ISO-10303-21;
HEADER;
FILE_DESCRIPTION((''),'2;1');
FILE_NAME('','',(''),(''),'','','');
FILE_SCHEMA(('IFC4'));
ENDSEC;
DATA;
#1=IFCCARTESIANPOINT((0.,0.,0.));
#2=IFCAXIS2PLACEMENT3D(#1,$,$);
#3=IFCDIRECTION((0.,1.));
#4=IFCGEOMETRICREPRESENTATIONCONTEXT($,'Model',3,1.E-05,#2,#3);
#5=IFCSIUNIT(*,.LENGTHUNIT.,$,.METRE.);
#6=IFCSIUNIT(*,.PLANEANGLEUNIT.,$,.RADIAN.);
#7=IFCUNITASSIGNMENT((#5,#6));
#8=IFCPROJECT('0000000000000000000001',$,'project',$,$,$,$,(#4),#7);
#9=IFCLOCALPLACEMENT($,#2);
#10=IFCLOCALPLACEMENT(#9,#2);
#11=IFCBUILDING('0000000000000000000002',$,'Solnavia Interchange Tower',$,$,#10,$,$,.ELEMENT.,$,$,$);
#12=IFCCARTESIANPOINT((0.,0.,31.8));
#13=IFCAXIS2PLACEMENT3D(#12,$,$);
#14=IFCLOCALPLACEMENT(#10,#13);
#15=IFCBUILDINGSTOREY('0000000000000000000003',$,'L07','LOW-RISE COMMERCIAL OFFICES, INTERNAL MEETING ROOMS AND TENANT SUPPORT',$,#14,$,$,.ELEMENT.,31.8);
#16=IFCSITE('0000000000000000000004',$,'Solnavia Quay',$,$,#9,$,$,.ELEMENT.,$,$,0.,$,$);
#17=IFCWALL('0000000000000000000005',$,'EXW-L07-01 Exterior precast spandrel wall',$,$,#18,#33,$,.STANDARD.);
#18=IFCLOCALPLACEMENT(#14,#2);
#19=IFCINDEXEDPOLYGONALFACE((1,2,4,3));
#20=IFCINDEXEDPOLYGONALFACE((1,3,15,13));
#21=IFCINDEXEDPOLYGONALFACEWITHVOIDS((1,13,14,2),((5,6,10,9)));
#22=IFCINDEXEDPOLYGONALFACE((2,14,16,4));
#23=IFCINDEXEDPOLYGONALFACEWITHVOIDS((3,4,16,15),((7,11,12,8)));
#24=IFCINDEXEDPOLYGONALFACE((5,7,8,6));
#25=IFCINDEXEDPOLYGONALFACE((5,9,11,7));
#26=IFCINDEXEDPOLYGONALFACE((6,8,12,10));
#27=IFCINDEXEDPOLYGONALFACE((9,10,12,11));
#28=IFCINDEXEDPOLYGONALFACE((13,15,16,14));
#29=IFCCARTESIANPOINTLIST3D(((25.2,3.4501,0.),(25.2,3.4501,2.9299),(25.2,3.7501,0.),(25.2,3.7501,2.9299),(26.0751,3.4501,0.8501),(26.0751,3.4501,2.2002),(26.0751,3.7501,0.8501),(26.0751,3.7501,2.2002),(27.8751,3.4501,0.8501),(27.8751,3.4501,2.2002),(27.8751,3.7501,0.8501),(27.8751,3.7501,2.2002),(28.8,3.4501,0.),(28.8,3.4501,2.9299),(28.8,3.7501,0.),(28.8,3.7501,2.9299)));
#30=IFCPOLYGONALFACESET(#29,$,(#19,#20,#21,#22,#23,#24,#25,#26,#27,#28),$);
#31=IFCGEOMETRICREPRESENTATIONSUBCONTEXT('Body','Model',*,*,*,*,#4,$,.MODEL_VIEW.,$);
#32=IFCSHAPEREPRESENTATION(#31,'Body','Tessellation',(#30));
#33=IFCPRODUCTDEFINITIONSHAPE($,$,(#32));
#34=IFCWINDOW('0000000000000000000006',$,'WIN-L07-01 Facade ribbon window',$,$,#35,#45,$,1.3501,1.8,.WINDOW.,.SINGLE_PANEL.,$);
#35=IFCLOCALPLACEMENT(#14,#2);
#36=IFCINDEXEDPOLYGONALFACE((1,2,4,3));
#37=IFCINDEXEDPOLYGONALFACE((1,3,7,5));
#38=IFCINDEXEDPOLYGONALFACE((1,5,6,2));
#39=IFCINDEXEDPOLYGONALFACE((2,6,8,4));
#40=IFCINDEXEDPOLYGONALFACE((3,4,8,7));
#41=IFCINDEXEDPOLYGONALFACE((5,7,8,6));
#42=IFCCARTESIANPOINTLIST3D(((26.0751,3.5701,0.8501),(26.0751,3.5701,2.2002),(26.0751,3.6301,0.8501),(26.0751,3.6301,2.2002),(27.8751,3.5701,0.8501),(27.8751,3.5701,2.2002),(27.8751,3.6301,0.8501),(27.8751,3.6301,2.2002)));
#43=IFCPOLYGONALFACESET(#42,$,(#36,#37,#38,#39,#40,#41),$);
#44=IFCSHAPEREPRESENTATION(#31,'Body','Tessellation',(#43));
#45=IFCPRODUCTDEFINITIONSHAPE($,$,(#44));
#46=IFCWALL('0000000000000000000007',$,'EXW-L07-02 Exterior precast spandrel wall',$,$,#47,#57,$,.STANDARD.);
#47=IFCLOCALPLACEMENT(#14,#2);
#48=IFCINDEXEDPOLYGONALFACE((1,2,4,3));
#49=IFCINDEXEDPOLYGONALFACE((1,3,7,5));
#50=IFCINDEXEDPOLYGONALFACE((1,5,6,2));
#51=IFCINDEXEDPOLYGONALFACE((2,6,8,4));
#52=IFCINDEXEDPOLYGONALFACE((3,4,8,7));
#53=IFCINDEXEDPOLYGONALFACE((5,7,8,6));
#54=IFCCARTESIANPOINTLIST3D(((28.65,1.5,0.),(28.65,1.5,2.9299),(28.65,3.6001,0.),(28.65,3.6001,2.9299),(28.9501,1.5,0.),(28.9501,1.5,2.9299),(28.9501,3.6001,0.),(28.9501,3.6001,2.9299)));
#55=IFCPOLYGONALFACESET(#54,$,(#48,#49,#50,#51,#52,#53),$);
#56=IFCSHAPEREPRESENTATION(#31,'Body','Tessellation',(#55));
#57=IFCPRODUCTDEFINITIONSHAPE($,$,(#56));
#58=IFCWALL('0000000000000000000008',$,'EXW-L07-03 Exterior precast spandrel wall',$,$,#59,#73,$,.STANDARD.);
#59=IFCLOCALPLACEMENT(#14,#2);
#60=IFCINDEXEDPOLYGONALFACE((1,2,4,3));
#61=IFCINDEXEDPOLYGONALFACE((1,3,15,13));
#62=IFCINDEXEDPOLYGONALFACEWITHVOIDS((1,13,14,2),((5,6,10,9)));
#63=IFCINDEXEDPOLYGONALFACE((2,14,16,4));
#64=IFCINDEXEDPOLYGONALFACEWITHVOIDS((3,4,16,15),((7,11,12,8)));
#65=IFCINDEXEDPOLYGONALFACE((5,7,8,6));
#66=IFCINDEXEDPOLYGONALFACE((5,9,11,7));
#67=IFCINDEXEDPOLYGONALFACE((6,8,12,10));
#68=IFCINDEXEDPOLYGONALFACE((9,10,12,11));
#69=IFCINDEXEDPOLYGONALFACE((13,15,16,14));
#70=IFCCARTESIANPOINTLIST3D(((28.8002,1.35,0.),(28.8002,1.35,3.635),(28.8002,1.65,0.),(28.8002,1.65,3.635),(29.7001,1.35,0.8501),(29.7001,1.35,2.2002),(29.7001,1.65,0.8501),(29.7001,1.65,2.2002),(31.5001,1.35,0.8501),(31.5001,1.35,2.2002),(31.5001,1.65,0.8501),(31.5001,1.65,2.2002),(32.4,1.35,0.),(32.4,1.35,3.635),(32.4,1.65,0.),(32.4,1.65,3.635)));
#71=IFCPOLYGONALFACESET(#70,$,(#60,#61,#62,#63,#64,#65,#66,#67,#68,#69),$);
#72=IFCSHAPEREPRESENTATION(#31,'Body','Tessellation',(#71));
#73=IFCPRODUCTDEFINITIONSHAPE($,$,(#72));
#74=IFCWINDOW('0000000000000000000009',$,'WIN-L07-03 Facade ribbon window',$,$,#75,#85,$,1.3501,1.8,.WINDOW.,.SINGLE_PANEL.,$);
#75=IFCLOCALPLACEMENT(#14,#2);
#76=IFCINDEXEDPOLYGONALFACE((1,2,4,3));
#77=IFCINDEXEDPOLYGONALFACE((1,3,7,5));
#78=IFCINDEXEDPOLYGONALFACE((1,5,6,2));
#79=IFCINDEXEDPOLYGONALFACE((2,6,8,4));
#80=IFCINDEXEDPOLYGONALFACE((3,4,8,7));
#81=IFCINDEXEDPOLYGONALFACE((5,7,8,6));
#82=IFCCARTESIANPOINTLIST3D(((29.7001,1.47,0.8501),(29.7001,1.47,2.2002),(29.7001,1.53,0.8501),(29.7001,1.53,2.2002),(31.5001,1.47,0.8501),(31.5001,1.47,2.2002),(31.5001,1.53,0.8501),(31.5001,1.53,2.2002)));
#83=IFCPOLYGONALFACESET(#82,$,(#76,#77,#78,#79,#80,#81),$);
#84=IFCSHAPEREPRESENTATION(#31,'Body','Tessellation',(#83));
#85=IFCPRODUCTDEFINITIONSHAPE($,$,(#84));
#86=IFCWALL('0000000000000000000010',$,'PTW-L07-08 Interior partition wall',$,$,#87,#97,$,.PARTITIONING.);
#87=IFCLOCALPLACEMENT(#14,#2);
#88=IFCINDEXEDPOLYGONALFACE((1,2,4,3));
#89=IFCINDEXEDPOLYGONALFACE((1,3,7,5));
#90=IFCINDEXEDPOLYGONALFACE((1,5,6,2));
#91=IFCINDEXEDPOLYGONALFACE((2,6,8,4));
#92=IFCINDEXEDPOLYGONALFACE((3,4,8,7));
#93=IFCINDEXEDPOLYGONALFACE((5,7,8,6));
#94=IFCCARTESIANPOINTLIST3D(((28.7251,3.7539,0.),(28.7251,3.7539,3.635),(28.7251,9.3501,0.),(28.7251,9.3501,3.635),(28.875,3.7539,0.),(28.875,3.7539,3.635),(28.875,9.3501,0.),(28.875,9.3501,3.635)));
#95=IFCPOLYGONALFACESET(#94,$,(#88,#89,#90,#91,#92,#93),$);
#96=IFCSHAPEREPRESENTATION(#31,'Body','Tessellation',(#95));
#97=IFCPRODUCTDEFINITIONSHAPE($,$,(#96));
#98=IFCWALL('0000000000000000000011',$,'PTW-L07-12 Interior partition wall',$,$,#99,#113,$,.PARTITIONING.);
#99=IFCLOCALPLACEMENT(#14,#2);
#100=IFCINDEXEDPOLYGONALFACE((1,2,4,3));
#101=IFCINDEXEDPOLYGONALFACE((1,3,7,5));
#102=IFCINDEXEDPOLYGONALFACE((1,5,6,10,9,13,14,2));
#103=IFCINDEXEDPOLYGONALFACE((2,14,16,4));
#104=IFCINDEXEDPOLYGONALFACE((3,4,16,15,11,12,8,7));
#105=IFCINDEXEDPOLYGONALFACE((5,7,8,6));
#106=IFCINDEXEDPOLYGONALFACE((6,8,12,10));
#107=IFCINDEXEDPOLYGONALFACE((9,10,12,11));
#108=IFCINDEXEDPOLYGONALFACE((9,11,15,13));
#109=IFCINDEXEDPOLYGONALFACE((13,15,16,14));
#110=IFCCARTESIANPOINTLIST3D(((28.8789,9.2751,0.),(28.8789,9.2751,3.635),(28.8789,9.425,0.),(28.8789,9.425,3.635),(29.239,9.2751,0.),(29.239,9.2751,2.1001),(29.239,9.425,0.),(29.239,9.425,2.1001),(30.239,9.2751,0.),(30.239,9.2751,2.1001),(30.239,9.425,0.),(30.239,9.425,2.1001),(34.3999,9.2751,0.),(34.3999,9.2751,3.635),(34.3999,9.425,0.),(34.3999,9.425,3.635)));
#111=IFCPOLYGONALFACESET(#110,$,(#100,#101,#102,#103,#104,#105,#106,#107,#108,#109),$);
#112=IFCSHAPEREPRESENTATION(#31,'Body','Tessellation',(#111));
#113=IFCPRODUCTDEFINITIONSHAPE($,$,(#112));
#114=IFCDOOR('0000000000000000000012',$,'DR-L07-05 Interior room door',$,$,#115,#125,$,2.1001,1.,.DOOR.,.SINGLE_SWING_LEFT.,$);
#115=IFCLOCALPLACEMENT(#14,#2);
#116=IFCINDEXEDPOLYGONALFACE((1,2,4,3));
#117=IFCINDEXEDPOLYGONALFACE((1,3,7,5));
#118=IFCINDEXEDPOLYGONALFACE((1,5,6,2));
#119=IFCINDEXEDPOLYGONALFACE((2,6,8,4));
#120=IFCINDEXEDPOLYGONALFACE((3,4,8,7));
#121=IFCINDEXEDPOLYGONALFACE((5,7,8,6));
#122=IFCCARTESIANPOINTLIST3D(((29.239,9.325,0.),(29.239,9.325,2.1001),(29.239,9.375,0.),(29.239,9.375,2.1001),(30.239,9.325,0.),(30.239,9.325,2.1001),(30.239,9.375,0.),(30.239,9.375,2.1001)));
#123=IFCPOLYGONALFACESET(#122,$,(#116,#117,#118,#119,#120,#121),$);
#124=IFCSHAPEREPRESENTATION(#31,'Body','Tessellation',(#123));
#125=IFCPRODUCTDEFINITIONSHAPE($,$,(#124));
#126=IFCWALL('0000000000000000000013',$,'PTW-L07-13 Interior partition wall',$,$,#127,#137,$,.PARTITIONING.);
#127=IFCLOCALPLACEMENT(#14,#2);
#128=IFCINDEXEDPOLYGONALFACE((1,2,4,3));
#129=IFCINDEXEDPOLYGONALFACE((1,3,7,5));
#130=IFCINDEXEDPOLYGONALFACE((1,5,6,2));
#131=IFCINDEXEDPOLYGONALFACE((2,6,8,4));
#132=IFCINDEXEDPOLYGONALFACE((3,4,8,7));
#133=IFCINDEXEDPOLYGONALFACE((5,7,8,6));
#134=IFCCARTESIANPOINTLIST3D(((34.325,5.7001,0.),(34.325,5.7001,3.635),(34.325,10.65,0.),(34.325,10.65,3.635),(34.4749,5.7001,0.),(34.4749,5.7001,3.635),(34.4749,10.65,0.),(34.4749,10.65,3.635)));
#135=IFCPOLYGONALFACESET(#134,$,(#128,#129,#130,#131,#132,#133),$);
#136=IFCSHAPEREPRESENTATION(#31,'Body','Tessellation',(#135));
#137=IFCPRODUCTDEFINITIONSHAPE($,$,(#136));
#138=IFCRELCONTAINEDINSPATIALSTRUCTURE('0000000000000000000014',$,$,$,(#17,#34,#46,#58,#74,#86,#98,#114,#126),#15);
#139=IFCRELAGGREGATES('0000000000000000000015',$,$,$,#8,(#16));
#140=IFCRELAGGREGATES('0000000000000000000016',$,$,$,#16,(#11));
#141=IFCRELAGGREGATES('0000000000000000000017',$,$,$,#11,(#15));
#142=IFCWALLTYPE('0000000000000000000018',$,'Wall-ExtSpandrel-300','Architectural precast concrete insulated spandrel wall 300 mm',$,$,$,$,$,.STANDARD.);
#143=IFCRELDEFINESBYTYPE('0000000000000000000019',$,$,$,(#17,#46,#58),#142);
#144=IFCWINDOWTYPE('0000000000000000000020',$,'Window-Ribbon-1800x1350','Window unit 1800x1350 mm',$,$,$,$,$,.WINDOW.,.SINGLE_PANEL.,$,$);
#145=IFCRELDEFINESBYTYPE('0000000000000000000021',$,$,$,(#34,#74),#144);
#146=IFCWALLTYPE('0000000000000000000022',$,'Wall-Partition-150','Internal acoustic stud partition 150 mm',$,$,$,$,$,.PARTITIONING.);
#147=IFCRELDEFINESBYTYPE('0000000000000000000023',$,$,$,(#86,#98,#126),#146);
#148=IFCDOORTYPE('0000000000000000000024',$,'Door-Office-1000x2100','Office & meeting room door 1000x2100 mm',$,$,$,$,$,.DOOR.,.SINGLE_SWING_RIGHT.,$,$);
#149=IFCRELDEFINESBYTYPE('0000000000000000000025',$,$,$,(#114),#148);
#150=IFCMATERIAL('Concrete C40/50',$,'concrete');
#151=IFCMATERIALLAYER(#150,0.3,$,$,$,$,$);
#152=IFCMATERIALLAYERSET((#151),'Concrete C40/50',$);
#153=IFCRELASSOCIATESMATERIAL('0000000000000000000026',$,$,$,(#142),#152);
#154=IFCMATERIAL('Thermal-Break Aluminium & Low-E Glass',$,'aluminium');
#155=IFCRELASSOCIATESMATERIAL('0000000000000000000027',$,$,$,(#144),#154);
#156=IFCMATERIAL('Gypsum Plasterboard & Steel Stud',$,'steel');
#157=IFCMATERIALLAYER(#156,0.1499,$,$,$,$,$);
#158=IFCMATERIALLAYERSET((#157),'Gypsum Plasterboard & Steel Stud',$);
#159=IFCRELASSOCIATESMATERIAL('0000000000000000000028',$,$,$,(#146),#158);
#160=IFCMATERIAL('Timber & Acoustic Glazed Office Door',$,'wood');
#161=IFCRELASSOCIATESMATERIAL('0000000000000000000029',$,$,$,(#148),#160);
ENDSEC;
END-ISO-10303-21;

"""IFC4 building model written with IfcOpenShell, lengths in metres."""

from ifc_helpers import new_model, si_unit, direction, frame, frame_2d, origin, place, context, subcontext, project, spatial, rectangle, extrude, material, layer, layer_set, type_object, element, fill, save


model = new_model("IFC4")

# Units and contexts
model_context = context("Model", 3, precision=1e-05, world=origin(), true_north=direction((0.0, 1.0)))
body_context = subcontext(model_context, "Body", "Model", "MODEL_VIEW")
ifc_project = project(units=[si_unit("LENGTHUNIT", "METRE"), si_unit("PLANEANGLEUNIT", "RADIAN")], contexts=[model_context])

# Site, building, storey
site_placement = place(None, origin())
site = spatial("IfcSite", under=ifc_project, at=site_placement, Name="Solnavia Quay", CompositionType="ELEMENT", RefElevation=0.0)
building_placement = place(site_placement, origin())
building = spatial("IfcBuilding", under=site, at=building_placement, Name="Solnavia Interchange Tower", CompositionType="ELEMENT")
storey_placement = place(building_placement, frame((0.0, 0.0, 31.8)))
storey = spatial("IfcBuildingStorey", under=building, at=storey_placement, Name="L07", Description="LOW-RISE COMMERCIAL OFFICES, INTERNAL MEETING ROOMS AND TENANT SUPPORT", CompositionType="ELEMENT", Elevation=31.8)

# Wall, opening, window
ifc_material_1 = material(Name="Concrete C40/50", Category="concrete")
ifc_layer_1 = layer(ifc_material_1, 0.3)
ifc_layer_set_1 = layer_set([ifc_layer_1], Name="Concrete C40/50")
wall_type_1 = type_object("IfcWallType", Name="Wall-ExtSpandrel-300", Description="Architectural precast concrete insulated spandrel wall 300 mm", PredefinedType="STANDARD", material=ifc_layer_set_1)
wall_1_placement = place(storey_placement, frame((28.8, 3.6001, 0.0), z_axis=(0.0, 0.0, 1.0), x_axis=(-1.0, 0.0, 0.0)))
wall_1 = element("IfcWall", 1, at=wall_1_placement, inside=storey, type_object=wall_type_1, Name="EXW-L07-01 Exterior precast spandrel wall", PredefinedType="STANDARD", context=body_context, shape_type="SweptSolid", body=[
    extrude(rectangle(XDim=3.6001, YDim=0.3, at=frame_2d((1.8, 0.0))), origin(), (0.0, 0.0, 1.0), 2.9299),
])
opening_1_placement = place(wall_1_placement, frame((0.925, 0.0, 0.8501)))
opening_1 = element("IfcOpeningElement", 2, at=opening_1_placement, cuts=wall_1, PredefinedType="OPENING", context=body_context, shape_type="SweptSolid", body=[
    extrude(rectangle(XDim=1.8, YDim=1.3501, at=frame_2d((0.8999, 0.675))), frame((0.0, 0.1602, 0.0), z_axis=(0.0, -1.0, 0.0), x_axis=(1.0, 0.0, 0.0)), (0.0, 0.0, 1.0), 0.3201),
])
ifc_material_2 = material(Name="Thermal-Break Aluminium & Low-E Glass", Category="aluminium")
window_type = type_object("IfcWindowType", Name="Window-Ribbon-1800x1350", Description="Window unit 1800x1350 mm", PartitioningType="SINGLE_PANEL", PredefinedType="WINDOW", material=ifc_material_2)
window_1_placement = place(opening_1_placement, origin())
window_1 = element("IfcWindow", 3, at=window_1_placement, inside=storey, type_object=window_type, Name="WIN-L07-01 Facade ribbon window", OverallHeight=1.3501, OverallWidth=1.8, PartitioningType="SINGLE_PANEL", PredefinedType="WINDOW", context=body_context, shape_type="SweptSolid", body=[
    extrude(rectangle(XDim=1.8, YDim=1.3501, at=frame_2d((0.8999, 0.675))), frame((0.0, 0.03, 0.0), z_axis=(0.0, -1.0, 0.0), x_axis=(1.0, 0.0, 0.0)), (0.0, 0.0, 1.0), 0.0601),
])
fill(opening_1, window_1)

# Wall
wall_2_placement = place(storey_placement, frame((28.8, 1.5, 0.0), z_axis=(0.0, 0.0, 1.0), x_axis=(0.0, 1.0, 0.0)))
element("IfcWall", 4, at=wall_2_placement, inside=storey, type_object=wall_type_1, Name="EXW-L07-02 Exterior precast spandrel wall", PredefinedType="STANDARD", context=body_context, shape_type="SweptSolid", body=[
    extrude(rectangle(XDim=2.1001, YDim=0.3, at=frame_2d((1.05, 0.0))), origin(), (0.0, 0.0, 1.0), 2.9299),
])

# Wall, opening, window
wall_3_placement = place(storey_placement, frame((32.3999, 1.5, 0.0), z_axis=(0.0, 0.0, 1.0), x_axis=(-1.0, 0.0, 0.0)))
wall_3 = element("IfcWall", 5, at=wall_3_placement, inside=storey, type_object=wall_type_1, Name="EXW-L07-03 Exterior precast spandrel wall", PredefinedType="STANDARD", context=body_context, shape_type="SweptSolid", body=[
    extrude(rectangle(XDim=3.5999, YDim=0.3, at=frame_2d((1.7998, 0.0))), origin(), (0.0, 0.0, 1.0), 3.635),
])
opening_2_placement = place(wall_3_placement, frame((0.8999, 0.0, 0.8501)))
opening_2 = element("IfcOpeningElement", 6, at=opening_2_placement, cuts=wall_3, PredefinedType="OPENING", context=body_context, shape_type="SweptSolid", body=[
    extrude(rectangle(XDim=1.8, YDim=1.3501, at=frame_2d((0.8999, 0.675))), frame((0.0, 0.1602, 0.0), z_axis=(0.0, -1.0, 0.0), x_axis=(1.0, 0.0, 0.0)), (0.0, 0.0, 1.0), 0.3201),
])
window_2_placement = place(opening_2_placement, origin())
window_2 = element("IfcWindow", 7, at=window_2_placement, inside=storey, type_object=window_type, Name="WIN-L07-03 Facade ribbon window", OverallHeight=1.3501, OverallWidth=1.8, PartitioningType="SINGLE_PANEL", PredefinedType="WINDOW", context=body_context, shape_type="SweptSolid", body=[
    extrude(rectangle(XDim=1.8, YDim=1.3501, at=frame_2d((0.8999, 0.675))), frame((0.0, 0.03, 0.0), z_axis=(0.0, -1.0, 0.0), x_axis=(1.0, 0.0, 0.0)), (0.0, 0.0, 1.0), 0.0601),
])
fill(opening_2, window_2)

# Wall
ifc_material_3 = material(Name="Gypsum Plasterboard & Steel Stud", Category="steel")
ifc_layer_2 = layer(ifc_material_3, 0.1499)
ifc_layer_set_2 = layer_set([ifc_layer_2], Name="Gypsum Plasterboard & Steel Stud")
wall_type_2 = type_object("IfcWallType", Name="Wall-Partition-150", Description="Internal acoustic stud partition 150 mm", PredefinedType="PARTITIONING", material=ifc_layer_set_2)
wall_4_placement = place(storey_placement, frame((28.8, 9.3501, 0.0), z_axis=(0.0, 0.0, 1.0), x_axis=(0.0, -1.0, 0.0)))
element("IfcWall", 8, at=wall_4_placement, inside=storey, type_object=wall_type_2, Name="PTW-L07-08 Interior partition wall", PredefinedType="PARTITIONING", context=body_context, shape_type="SweptSolid", body=[
    extrude(rectangle(XDim=5.5962, YDim=0.1499, at=frame_2d((2.7981, 0.0))), origin(), (0.0, 0.0, 1.0), 3.635),
])

# Wall, opening, door
wall_5_placement = place(storey_placement, frame((28.8789, 9.3501, 0.0), z_axis=(0.0, 0.0, 1.0), x_axis=(1.0, 0.0, 0.0)))
wall_5 = element("IfcWall", 9, at=wall_5_placement, inside=storey, type_object=wall_type_2, Name="PTW-L07-12 Interior partition wall", PredefinedType="PARTITIONING", context=body_context, shape_type="SweptSolid", body=[
    extrude(rectangle(XDim=5.521, YDim=0.1499, at=frame_2d((2.7605, 0.0))), origin(), (0.0, 0.0, 1.0), 3.635),
])
opening_3_placement = place(wall_5_placement, frame((0.3601, 0.0, 0.0)))
opening_3 = element("IfcOpeningElement", 10, at=opening_3_placement, cuts=wall_5, PredefinedType="OPENING", context=body_context, shape_type="SweptSolid", body=[
    extrude(rectangle(XDim=1.0, YDim=2.1001, at=frame_2d((0.5, 1.05))), frame((0.0, 0.085, 0.0), z_axis=(0.0, -1.0, 0.0), x_axis=(1.0, 0.0, 0.0)), (0.0, 0.0, 1.0), 0.1699),
])
ifc_material_4 = material(Name="Timber & Acoustic Glazed Office Door", Category="wood")
door_type_1 = type_object("IfcDoorType", Name="Door-Office-1000x2100", Description="Office & meeting room door 1000x2100 mm", OperationType="SINGLE_SWING_RIGHT", PredefinedType="DOOR", material=ifc_material_4)
door_1_placement = place(opening_3_placement, origin())
door_1 = element("IfcDoor", 11, at=door_1_placement, inside=storey, type_object=door_type_1, Name="DR-L07-05 Interior room door", OperationType="SINGLE_SWING_LEFT", OverallHeight=2.1001, OverallWidth=1.0, PredefinedType="DOOR", context=body_context, shape_type="SweptSolid", body=[
    extrude(rectangle(XDim=1.0, YDim=2.1001, at=frame_2d((0.5, 1.05))), frame((0.0, 0.0249, 0.0), z_axis=(0.0, -1.0, 0.0), x_axis=(1.0, 0.0, 0.0)), (0.0, 0.0, 1.0), 0.05),
])
fill(opening_3, door_1)

# Wall
wall_6_placement = place(storey_placement, frame((34.3999, 5.7, 0.0), z_axis=(0.0, 0.0, 1.0), x_axis=(0.0, 1.0, 0.0)))
element("IfcWall", 12, at=wall_6_placement, inside=storey, type_object=wall_type_2, Name="PTW-L07-13 Interior partition wall", PredefinedType="PARTITIONING", context=body_context, shape_type="SweptSolid", body=[
    extrude(rectangle(XDim=4.95, YDim=0.1499, at=frame_2d((2.4751, 0.0))), origin(), (0.0, 0.0, 1.0), 3.635),
])

save(model, "model.ifc")
